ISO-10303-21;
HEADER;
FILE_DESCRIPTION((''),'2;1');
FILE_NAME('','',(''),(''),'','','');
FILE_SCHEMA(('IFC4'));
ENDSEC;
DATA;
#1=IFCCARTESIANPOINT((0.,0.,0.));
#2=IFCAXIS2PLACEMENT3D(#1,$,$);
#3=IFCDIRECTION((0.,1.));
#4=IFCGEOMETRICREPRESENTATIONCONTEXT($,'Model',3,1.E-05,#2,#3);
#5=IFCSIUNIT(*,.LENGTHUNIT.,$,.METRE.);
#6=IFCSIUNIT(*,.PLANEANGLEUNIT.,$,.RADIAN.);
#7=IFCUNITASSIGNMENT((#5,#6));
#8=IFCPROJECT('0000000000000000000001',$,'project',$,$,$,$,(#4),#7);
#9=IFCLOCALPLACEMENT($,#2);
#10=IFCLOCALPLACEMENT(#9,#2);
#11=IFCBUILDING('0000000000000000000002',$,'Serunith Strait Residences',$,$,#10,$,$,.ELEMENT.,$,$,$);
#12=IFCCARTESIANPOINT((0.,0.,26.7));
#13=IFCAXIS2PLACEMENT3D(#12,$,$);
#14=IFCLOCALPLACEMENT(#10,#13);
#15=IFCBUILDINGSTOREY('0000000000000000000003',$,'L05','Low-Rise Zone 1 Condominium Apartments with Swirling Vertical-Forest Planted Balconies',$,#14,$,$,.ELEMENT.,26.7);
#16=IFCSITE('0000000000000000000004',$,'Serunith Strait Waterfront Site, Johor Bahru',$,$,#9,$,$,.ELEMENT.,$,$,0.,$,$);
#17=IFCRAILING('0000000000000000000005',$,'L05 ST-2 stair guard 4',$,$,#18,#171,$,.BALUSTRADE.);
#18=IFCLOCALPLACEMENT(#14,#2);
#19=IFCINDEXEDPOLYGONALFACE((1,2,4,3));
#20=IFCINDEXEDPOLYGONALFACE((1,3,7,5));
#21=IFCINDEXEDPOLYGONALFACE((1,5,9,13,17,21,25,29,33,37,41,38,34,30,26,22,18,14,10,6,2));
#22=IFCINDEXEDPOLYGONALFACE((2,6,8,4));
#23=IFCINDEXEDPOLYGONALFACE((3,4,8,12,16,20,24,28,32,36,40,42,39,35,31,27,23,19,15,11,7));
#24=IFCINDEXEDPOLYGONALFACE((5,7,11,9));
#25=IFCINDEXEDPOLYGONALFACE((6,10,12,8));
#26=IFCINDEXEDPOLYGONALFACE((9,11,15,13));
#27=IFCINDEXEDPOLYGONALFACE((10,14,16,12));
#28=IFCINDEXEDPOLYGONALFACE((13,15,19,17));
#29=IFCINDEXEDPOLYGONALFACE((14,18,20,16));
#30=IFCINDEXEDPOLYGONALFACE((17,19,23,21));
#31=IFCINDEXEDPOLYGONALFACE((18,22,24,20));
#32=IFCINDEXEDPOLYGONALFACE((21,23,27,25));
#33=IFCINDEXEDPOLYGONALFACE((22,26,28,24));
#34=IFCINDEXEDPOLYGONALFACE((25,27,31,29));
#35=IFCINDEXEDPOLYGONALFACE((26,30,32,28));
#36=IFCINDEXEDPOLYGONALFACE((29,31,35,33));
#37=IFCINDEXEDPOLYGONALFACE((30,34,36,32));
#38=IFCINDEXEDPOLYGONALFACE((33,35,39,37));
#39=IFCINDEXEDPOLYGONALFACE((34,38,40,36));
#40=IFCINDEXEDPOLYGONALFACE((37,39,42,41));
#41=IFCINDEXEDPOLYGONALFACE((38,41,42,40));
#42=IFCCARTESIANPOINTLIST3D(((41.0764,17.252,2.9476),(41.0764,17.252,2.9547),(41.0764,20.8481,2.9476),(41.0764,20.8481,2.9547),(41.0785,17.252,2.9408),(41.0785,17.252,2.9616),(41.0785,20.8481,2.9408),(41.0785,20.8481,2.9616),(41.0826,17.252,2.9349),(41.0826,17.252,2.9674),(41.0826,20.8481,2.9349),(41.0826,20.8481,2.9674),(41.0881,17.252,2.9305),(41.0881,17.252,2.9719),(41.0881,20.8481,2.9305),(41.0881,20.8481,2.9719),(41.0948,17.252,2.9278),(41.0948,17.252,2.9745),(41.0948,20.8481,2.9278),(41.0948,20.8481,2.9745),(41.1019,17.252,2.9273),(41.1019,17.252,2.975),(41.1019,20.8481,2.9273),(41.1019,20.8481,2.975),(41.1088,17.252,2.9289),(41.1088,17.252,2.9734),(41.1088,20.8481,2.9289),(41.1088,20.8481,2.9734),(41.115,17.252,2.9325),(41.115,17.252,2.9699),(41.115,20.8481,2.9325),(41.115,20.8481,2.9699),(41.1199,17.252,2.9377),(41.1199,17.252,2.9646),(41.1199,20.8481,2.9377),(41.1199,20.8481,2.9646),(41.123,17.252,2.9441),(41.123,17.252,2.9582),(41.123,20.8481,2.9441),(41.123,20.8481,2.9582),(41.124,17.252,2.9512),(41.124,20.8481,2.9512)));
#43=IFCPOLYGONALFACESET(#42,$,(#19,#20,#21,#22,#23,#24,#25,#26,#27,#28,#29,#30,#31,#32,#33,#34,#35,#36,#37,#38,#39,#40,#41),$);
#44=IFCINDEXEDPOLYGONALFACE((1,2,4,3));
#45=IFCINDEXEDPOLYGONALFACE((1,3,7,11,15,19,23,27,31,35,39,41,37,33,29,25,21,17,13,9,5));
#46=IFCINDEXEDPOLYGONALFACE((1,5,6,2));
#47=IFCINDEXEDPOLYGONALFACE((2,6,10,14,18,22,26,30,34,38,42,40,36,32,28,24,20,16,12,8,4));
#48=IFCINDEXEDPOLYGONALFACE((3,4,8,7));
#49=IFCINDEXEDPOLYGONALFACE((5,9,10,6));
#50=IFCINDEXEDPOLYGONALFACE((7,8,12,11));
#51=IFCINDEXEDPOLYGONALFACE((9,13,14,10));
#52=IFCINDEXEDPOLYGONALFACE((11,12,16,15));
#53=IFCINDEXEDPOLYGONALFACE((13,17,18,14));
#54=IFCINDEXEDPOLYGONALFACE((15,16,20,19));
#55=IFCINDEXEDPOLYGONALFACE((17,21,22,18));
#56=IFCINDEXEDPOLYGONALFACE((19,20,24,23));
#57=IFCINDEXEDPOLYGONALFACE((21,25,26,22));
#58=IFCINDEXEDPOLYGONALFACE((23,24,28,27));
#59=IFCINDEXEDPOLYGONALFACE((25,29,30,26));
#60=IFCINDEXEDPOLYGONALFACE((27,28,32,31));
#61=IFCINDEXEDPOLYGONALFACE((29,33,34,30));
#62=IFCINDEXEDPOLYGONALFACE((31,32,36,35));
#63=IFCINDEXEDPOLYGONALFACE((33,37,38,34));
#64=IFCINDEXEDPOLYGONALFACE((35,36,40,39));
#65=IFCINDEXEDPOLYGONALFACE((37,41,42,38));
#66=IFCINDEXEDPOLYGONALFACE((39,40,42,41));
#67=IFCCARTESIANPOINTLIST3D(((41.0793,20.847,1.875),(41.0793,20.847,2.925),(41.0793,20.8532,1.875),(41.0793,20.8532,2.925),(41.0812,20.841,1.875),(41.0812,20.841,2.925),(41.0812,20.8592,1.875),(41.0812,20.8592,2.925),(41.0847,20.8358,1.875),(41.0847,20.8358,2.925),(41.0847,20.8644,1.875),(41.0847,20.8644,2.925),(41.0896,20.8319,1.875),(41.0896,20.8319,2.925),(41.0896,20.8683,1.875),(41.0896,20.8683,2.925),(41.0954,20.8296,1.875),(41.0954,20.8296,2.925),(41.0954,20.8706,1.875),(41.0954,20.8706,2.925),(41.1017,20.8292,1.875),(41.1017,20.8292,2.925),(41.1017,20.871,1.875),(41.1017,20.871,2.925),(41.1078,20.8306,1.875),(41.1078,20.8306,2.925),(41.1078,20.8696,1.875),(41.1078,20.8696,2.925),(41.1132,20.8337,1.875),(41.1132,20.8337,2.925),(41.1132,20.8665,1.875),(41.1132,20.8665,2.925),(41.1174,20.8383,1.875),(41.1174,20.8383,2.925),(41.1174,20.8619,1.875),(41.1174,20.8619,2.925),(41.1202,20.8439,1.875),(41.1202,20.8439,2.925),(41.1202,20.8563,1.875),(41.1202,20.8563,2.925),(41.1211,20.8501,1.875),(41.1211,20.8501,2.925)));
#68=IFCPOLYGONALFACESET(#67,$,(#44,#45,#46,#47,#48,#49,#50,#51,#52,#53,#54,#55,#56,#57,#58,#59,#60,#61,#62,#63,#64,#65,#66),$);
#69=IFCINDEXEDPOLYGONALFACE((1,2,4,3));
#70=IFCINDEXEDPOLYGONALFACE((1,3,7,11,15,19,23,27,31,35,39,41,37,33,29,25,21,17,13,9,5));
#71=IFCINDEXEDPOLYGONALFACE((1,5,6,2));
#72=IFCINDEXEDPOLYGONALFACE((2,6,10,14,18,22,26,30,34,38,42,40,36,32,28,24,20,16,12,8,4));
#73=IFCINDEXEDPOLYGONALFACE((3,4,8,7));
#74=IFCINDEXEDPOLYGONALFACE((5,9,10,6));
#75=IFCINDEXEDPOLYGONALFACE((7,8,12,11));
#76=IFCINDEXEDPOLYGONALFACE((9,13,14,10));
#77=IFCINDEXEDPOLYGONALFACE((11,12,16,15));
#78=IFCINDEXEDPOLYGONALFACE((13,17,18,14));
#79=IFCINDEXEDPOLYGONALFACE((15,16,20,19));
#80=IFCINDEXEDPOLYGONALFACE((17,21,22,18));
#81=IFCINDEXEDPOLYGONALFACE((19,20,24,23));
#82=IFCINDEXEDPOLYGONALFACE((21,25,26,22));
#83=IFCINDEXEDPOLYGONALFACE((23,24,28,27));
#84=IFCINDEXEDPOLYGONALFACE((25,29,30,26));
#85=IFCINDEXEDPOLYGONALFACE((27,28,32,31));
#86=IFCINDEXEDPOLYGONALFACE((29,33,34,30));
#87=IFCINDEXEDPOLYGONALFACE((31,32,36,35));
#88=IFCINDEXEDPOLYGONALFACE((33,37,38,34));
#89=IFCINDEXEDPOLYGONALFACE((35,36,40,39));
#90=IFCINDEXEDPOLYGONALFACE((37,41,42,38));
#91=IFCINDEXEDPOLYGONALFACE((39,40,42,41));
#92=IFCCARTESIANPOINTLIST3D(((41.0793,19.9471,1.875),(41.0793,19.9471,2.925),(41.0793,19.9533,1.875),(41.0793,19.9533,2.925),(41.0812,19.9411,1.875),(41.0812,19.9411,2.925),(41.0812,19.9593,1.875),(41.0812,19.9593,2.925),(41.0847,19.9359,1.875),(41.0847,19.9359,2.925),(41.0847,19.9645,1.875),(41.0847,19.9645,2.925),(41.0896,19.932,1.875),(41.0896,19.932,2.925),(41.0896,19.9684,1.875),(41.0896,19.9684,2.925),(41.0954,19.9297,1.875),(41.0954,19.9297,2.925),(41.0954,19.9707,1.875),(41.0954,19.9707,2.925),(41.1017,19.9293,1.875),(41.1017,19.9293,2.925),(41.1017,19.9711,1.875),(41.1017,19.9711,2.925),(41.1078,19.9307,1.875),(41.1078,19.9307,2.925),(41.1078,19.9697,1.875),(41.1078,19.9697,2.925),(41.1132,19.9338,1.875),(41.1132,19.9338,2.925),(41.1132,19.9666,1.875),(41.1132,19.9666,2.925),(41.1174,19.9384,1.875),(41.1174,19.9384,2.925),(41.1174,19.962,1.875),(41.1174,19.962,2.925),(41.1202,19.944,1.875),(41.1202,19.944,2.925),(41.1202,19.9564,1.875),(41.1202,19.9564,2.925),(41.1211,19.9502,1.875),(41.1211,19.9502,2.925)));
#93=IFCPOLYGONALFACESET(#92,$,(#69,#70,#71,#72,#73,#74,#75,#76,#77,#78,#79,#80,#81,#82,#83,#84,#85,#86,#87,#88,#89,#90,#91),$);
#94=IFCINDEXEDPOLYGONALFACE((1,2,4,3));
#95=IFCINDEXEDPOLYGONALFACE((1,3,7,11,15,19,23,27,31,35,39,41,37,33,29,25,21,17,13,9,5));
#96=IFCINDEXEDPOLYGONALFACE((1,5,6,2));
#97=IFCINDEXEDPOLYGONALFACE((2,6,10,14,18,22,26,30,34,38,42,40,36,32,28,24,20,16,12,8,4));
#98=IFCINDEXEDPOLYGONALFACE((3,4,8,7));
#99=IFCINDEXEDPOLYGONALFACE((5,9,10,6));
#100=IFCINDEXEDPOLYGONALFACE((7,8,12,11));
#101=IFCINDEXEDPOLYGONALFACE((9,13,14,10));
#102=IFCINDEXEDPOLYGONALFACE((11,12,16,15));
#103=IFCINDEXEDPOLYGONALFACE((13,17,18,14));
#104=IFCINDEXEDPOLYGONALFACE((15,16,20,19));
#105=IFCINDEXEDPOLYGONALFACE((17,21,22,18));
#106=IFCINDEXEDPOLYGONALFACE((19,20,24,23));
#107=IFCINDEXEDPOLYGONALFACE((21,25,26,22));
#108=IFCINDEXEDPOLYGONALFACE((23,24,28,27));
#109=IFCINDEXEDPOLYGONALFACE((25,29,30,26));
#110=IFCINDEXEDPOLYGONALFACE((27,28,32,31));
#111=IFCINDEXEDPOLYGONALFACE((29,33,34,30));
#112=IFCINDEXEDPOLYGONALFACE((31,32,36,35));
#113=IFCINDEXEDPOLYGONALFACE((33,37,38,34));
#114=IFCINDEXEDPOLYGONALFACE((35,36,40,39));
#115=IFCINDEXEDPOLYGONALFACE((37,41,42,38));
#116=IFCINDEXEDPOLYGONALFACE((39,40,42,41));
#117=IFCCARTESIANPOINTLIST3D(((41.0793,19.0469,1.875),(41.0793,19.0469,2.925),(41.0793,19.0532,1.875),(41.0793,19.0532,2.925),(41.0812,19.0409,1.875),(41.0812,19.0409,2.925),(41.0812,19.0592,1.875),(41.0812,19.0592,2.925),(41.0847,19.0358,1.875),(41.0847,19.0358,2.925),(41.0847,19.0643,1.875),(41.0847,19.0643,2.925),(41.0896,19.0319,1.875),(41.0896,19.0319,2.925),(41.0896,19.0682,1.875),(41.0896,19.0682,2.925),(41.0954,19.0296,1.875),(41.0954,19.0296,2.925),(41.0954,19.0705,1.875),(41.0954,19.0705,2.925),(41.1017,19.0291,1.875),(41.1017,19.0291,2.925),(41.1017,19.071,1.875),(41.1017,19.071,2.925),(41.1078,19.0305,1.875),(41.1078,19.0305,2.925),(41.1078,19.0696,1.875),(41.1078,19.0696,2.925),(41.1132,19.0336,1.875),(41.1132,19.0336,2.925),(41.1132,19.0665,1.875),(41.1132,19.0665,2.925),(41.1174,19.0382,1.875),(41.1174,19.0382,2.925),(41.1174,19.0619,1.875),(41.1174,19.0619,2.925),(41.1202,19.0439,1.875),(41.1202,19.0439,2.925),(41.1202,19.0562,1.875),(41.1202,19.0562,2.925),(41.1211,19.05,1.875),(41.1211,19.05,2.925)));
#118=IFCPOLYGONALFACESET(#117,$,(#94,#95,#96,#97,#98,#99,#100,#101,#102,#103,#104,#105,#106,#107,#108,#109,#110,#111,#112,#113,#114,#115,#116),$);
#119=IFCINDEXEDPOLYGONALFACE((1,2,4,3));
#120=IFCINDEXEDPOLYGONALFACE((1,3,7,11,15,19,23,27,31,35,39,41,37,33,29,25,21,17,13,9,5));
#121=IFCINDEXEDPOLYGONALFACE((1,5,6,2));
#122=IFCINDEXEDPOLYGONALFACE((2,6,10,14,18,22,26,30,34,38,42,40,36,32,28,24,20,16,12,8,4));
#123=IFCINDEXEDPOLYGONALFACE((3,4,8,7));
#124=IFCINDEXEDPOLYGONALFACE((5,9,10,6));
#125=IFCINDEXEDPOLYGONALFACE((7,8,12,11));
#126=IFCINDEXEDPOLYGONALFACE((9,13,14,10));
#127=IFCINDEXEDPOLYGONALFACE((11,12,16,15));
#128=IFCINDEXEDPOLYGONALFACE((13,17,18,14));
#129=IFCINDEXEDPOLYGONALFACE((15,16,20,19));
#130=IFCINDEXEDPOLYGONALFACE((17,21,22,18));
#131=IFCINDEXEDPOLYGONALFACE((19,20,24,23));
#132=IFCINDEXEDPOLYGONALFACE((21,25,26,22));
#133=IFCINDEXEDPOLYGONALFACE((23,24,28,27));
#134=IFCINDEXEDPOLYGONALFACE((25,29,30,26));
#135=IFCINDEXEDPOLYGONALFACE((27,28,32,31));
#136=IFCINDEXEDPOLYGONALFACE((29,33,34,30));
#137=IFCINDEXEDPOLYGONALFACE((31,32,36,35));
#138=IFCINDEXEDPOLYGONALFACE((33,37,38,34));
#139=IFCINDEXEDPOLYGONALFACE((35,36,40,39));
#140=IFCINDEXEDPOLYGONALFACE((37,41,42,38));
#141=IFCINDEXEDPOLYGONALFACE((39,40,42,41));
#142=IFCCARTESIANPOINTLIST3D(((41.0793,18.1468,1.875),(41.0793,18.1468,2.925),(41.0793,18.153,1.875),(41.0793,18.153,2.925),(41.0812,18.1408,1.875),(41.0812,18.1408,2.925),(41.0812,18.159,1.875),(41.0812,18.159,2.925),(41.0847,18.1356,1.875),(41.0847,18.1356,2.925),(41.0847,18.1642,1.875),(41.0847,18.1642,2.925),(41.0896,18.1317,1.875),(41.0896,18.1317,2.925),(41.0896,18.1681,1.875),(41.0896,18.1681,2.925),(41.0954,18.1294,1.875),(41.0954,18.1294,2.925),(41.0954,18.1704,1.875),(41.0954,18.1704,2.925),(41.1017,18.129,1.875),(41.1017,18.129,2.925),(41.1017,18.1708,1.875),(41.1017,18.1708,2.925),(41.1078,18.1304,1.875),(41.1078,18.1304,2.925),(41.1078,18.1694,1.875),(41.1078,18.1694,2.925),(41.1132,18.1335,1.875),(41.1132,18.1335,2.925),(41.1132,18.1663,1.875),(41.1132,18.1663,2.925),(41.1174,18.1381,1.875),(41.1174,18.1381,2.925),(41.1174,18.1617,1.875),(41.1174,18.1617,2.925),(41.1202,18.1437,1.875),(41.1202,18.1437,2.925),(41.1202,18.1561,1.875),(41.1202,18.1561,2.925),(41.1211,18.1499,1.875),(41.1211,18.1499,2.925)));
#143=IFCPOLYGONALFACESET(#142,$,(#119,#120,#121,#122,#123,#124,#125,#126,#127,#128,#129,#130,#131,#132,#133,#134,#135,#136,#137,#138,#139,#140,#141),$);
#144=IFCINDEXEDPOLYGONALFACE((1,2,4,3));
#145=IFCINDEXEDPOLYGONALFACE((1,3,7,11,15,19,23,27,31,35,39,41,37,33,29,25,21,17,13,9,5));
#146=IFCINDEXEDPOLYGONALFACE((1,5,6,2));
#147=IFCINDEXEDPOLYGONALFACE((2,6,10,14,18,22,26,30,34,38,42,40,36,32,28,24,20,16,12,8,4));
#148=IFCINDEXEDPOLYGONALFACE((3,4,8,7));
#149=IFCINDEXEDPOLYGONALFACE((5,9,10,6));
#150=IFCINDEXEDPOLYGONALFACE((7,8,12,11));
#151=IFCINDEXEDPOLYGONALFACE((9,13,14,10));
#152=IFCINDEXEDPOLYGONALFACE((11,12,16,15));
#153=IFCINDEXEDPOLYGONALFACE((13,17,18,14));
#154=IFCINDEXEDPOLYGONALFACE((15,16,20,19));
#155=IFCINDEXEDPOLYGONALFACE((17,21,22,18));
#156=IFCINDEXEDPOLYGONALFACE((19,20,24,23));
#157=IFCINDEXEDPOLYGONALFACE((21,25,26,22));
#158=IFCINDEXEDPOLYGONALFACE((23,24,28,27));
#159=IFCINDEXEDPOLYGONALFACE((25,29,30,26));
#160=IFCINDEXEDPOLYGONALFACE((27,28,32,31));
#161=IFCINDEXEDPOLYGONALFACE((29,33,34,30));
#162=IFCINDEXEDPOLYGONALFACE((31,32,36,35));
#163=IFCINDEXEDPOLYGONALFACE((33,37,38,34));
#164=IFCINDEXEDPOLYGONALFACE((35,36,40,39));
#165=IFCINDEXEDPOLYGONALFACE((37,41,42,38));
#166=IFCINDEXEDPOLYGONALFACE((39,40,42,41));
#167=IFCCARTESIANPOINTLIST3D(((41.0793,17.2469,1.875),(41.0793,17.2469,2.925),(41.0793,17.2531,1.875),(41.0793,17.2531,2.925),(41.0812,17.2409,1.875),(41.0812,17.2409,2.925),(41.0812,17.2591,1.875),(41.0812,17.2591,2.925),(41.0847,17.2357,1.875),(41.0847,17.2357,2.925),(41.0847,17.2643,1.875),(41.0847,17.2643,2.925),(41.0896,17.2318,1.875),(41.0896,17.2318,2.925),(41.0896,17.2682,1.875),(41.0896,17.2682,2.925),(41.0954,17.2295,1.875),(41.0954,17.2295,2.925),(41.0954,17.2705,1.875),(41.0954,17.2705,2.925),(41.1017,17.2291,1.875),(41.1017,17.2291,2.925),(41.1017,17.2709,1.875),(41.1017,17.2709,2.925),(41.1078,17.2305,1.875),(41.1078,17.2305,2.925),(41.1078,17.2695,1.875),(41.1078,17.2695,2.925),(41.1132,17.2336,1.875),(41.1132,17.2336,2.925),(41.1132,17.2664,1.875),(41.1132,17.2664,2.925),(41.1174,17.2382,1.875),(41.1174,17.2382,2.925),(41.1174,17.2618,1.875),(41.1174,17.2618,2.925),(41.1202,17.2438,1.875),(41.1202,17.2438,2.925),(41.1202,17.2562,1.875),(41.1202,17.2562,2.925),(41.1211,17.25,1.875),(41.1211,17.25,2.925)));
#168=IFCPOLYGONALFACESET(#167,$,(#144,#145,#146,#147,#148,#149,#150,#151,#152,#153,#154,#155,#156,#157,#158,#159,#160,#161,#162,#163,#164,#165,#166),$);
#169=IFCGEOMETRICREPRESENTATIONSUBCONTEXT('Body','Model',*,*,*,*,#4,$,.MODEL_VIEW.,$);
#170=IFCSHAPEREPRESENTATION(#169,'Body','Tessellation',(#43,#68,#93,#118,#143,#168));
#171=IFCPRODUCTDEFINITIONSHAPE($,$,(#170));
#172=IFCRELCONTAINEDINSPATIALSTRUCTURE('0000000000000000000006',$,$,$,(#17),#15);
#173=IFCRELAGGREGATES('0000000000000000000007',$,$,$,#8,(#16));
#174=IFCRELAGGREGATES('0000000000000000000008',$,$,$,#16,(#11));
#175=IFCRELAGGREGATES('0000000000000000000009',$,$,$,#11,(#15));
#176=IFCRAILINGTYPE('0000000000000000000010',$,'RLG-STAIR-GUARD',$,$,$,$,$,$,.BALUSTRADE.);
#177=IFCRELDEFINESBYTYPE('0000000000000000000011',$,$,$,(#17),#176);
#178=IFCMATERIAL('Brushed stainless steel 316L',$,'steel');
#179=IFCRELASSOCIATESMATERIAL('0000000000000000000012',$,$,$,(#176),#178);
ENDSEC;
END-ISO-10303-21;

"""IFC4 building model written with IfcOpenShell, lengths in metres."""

from ifc_helpers import new_model, si_unit, direction, frame, origin, origin_2d, place, context, subcontext, project, spatial, circle, extrude, material, type_object, element, save


model = new_model("IFC4")

# Units and contexts
model_context = context("Model", 3, precision=1e-05, world=origin(), true_north=direction((0.0, 1.0)))
body_context = subcontext(model_context, "Body", "Model", "MODEL_VIEW")
ifc_project = project(units=[si_unit("LENGTHUNIT", "METRE"), si_unit("PLANEANGLEUNIT", "RADIAN")], contexts=[model_context])

# Site, building, storey
site_placement = place(None, origin())
site = spatial("IfcSite", under=ifc_project, at=site_placement, Name="Serunith Strait Waterfront Site, Johor Bahru", CompositionType="ELEMENT", RefElevation=0.0)
building_placement = place(site_placement, origin())
building = spatial("IfcBuilding", under=site, at=building_placement, Name="Serunith Strait Residences", CompositionType="ELEMENT")
storey_placement = place(building_placement, frame((0.0, 0.0, 26.7)))
storey = spatial("IfcBuildingStorey", under=building, at=storey_placement, Name="L05", Description="Low-Rise Zone 1 Condominium Apartments with Swirling Vertical-Forest Planted Balconies", CompositionType="ELEMENT", Elevation=26.7)

# Railing
ifc_material_1 = material(Name="Brushed stainless steel 316L", Category="steel")
railing_type_1 = type_object("IfcRailingType", Name="RLG-STAIR-GUARD", PredefinedType="BALUSTRADE", material=ifc_material_1)
for number, where, name in (
    (1, (41.1001, 20.8501, 1.875), "L05 ST-2 stair guard 4"),
):
    element("IfcRailing", number, at=place(storey_placement, frame(where)), inside=storey, type_object=railing_type_1, Name=name, PredefinedType="BALUSTRADE", context=body_context, shape_type="SweptSolid", body=[
        extrude(circle(Radius=0.0239, at=origin_2d()), frame((0.0, -0.002, 1.0762), z_axis=(0.0, -1.0, 0.0), x_axis=(1.0, 0.0, 0.0)), (0.0, 0.0, 1.0), 3.5962),
        extrude(circle(Radius=0.021, at=origin_2d()), origin(), (0.0, 0.0, 1.0), 1.05),
        extrude(circle(Radius=0.021, at=origin_2d()), frame((0.0, -0.8999, 0.0)), (0.0, 0.0, 1.0), 1.05),
        extrude(circle(Radius=0.021, at=origin_2d()), frame((0.0, -1.8, 0.0)), (0.0, 0.0, 1.0), 1.05),
        extrude(circle(Radius=0.021, at=origin_2d()), frame((0.0, -2.7002, 0.0)), (0.0, 0.0, 1.0), 1.05),
        extrude(circle(Radius=0.021, at=origin_2d()), frame((0.0, -3.6001, 0.0)), (0.0, 0.0, 1.0), 1.05),
    ])

save(model, "model.ifc")
